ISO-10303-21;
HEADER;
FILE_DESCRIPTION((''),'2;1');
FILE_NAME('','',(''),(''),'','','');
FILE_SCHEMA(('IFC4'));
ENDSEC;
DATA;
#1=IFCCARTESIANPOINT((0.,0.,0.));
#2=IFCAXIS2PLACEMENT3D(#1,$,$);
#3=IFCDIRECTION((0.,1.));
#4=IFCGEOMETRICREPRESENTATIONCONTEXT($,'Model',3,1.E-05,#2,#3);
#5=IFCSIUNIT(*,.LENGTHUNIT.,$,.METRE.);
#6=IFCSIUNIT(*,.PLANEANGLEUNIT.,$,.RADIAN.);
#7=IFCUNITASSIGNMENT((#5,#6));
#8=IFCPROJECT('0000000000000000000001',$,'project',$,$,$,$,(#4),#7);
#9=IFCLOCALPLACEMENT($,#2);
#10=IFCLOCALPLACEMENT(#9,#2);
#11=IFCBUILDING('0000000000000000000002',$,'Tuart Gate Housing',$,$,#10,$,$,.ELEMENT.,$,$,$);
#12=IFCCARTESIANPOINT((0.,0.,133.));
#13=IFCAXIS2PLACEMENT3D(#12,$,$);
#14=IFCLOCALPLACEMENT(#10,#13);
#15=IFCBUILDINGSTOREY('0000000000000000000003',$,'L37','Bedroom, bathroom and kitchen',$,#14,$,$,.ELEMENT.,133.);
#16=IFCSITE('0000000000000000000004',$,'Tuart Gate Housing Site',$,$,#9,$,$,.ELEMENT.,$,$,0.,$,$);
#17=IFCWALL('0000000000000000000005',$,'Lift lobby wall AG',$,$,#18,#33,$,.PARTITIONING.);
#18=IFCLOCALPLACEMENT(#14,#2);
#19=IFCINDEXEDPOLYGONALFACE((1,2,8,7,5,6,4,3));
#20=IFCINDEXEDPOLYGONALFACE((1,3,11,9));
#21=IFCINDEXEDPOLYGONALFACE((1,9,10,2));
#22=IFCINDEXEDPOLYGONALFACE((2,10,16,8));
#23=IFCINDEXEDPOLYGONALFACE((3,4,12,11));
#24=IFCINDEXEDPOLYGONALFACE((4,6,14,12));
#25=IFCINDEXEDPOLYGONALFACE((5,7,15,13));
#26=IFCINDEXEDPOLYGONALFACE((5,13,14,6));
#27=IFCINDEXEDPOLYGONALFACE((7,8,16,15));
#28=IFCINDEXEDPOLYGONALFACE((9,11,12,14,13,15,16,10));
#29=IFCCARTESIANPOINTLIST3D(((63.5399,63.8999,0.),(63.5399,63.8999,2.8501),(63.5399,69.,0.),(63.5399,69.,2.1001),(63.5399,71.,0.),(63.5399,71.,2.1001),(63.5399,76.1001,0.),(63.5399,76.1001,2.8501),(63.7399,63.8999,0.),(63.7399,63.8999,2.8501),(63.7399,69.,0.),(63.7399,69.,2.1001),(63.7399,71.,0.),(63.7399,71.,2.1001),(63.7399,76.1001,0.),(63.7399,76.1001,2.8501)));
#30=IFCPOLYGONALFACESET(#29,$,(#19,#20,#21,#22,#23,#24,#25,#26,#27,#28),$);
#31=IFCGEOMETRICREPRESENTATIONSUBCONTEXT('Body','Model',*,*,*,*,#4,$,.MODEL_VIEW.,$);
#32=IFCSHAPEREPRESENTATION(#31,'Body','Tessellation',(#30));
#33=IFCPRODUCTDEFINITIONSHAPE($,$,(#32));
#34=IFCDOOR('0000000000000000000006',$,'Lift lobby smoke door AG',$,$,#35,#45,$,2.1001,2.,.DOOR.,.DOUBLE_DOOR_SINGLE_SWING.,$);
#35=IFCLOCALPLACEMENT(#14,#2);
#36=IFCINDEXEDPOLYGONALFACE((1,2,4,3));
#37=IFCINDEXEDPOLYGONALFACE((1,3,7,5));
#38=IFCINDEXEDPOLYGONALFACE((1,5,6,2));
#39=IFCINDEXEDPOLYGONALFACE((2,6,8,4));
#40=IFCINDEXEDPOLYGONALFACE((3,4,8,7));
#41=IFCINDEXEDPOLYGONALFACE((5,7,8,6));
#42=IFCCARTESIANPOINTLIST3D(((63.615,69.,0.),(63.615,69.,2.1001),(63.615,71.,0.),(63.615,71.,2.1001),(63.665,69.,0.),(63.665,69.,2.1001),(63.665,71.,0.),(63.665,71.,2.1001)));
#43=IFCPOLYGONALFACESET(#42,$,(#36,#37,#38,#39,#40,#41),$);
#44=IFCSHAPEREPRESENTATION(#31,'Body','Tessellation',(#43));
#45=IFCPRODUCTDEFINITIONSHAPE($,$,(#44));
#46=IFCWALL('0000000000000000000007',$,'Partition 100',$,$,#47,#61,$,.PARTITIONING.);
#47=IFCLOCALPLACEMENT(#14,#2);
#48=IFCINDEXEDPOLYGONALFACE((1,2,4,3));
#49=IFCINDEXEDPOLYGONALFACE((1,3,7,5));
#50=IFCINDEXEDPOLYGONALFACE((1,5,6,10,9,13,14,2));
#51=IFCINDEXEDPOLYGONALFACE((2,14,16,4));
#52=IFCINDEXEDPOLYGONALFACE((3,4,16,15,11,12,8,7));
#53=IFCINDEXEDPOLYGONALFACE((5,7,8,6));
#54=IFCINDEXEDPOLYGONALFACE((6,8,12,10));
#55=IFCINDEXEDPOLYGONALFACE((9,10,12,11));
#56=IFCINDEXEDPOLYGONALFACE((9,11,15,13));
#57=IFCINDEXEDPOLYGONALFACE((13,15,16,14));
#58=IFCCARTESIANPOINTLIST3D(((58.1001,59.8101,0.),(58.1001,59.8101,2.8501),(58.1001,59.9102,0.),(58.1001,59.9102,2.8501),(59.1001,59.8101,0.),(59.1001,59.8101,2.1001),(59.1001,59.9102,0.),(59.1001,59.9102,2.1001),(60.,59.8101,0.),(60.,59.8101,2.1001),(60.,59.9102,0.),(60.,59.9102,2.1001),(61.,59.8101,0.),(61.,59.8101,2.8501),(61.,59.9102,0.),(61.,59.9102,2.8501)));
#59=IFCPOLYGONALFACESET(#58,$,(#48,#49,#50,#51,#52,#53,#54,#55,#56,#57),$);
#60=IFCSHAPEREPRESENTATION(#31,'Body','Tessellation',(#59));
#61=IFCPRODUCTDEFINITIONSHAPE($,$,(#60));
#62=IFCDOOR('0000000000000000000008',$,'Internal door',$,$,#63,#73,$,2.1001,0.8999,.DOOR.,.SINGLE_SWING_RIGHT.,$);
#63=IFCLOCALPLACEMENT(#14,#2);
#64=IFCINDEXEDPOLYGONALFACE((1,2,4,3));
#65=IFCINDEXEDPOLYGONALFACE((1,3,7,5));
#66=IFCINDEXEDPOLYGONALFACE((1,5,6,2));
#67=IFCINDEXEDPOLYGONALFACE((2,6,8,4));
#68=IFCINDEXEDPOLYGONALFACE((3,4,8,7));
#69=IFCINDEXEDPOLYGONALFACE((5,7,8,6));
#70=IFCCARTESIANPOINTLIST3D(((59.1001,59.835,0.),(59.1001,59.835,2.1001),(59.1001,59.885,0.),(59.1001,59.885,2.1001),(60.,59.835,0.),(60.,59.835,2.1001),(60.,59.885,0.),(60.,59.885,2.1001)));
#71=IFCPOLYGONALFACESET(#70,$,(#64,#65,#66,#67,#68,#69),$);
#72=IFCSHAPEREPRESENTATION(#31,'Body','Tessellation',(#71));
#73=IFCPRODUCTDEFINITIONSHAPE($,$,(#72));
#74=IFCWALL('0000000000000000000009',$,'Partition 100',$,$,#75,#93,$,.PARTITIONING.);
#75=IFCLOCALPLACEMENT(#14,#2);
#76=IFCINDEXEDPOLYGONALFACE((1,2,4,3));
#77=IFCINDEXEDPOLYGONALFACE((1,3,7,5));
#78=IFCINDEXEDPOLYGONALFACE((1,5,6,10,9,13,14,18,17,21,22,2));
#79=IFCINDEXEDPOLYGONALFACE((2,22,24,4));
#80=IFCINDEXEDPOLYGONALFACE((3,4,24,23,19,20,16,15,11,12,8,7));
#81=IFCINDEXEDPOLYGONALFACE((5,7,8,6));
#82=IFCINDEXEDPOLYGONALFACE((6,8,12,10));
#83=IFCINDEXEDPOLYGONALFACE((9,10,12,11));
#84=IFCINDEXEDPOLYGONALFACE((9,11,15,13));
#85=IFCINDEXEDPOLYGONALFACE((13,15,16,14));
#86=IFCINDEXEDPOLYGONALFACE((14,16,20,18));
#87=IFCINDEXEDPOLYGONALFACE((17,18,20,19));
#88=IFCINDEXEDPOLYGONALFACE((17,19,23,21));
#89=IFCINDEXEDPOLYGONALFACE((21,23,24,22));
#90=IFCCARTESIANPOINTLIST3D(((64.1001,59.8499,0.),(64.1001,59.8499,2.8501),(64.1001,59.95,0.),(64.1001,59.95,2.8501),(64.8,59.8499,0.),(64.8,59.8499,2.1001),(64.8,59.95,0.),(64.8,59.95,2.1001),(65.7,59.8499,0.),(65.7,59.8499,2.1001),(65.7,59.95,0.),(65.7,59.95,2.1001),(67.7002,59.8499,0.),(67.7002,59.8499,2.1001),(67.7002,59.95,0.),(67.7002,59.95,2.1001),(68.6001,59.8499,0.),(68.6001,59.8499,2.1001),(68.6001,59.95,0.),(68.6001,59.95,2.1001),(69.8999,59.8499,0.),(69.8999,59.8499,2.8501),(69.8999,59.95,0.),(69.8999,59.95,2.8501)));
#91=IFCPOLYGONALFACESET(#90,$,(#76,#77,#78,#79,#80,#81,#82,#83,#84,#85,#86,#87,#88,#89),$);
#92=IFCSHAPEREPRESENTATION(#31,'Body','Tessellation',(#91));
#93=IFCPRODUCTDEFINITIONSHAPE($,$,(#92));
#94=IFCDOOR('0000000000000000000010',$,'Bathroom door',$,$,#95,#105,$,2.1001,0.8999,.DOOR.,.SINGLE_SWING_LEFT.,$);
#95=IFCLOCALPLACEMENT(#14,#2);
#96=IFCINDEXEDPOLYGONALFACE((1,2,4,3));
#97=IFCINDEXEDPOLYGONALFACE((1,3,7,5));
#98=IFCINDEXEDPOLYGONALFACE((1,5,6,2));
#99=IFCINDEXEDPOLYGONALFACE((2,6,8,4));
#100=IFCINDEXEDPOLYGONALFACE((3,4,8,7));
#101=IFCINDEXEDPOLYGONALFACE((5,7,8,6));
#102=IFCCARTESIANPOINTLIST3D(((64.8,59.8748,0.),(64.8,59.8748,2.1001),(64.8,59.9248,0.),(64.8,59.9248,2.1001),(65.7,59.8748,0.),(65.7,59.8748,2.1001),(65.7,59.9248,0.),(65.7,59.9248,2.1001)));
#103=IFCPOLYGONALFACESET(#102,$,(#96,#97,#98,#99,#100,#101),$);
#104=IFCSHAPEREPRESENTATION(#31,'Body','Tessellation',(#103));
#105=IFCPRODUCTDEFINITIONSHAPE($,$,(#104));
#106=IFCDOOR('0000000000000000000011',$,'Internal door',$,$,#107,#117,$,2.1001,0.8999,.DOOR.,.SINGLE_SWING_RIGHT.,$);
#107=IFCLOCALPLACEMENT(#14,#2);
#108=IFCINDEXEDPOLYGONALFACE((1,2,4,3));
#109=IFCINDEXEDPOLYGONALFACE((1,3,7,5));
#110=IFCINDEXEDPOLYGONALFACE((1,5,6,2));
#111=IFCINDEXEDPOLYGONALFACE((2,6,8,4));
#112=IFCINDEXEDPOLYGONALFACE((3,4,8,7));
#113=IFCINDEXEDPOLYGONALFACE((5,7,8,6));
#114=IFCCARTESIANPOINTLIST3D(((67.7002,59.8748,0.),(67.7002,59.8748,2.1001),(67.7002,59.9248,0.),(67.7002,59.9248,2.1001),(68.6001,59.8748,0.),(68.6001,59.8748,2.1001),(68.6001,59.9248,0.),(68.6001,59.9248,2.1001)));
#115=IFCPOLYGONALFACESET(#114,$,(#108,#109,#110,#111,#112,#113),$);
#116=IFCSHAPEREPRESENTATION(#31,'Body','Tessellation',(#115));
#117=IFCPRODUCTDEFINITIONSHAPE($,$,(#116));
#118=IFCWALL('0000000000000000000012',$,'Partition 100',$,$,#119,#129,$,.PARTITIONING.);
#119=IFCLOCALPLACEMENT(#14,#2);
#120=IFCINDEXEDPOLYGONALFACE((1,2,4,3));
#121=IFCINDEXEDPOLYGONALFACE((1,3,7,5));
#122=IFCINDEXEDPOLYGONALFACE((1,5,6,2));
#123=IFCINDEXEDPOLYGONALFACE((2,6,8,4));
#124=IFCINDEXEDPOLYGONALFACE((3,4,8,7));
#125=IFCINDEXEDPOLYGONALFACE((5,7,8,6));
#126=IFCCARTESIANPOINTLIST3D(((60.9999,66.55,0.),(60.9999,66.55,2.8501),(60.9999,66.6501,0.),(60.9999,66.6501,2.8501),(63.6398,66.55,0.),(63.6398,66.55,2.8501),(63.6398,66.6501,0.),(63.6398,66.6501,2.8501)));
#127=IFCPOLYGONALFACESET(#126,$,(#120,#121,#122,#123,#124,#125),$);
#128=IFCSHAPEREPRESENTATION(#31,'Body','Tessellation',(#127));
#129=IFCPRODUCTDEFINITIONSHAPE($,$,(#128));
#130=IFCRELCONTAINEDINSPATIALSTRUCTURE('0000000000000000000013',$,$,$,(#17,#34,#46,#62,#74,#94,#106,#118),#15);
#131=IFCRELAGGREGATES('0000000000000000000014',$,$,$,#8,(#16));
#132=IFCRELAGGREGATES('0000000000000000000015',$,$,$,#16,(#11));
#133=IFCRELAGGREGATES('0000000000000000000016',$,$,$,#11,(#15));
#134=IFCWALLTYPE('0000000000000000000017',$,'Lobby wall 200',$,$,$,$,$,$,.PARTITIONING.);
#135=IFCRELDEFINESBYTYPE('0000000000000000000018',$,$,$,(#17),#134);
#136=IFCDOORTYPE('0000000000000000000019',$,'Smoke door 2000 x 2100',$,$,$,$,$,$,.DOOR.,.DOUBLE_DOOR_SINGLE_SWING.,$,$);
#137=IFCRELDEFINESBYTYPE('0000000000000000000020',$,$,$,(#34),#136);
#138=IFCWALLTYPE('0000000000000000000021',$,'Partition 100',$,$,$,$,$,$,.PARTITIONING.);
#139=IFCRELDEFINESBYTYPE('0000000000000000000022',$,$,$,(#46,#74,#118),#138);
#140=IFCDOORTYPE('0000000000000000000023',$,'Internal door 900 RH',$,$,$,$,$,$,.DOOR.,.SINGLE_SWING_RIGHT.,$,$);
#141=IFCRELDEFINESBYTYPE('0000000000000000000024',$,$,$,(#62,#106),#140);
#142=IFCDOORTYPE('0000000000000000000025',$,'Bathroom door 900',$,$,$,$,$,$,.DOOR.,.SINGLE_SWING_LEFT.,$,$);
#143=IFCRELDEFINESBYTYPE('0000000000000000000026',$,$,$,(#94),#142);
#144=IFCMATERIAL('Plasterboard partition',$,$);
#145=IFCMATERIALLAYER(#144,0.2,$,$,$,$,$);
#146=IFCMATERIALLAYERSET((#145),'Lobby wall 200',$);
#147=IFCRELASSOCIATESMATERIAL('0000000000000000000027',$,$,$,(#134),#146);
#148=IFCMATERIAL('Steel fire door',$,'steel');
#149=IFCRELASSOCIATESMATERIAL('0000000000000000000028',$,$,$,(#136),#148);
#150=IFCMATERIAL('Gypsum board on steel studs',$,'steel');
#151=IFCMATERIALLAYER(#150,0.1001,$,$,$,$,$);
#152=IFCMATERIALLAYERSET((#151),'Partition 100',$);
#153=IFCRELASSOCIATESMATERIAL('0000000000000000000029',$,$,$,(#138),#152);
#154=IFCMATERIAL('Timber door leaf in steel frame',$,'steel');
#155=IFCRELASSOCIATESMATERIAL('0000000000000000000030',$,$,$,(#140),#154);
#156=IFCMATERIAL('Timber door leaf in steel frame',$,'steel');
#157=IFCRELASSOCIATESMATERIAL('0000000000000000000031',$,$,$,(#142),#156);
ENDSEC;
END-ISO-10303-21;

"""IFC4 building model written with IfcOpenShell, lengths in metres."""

from ifc_helpers import new_model, si_unit, direction, frame, frame_2d, origin, place, context, subcontext, project, spatial, rectangle, extrude, material, layer, layer_set, type_object, element, fill, save


model = new_model("IFC4")

# Units and contexts
model_context = context("Model", 3, precision=1e-05, world=origin(), true_north=direction((0.0, 1.0)))
body_context = subcontext(model_context, "Body", "Model", "MODEL_VIEW")
ifc_project = project(units=[si_unit("LENGTHUNIT", "METRE"), si_unit("PLANEANGLEUNIT", "RADIAN")], contexts=[model_context])

# Site, building, storey
site_placement = place(None, origin())
site = spatial("IfcSite", under=ifc_project, at=site_placement, Name="Tuart Gate Housing Site", CompositionType="ELEMENT", RefElevation=0.0)
building_placement = place(site_placement, origin())
building = spatial("IfcBuilding", under=site, at=building_placement, Name="Tuart Gate Housing", CompositionType="ELEMENT")
storey_placement = place(building_placement, frame((0.0, 0.0, 133.0)))
storey = spatial("IfcBuildingStorey", under=building, at=storey_placement, Name="L37", Description="Bedroom, bathroom and kitchen", CompositionType="ELEMENT", Elevation=133.0)

# Walls, openings, doors
ifc_material_1 = material(Name="Plasterboard partition")
ifc_layer_1 = layer(ifc_material_1, 0.2)
ifc_layer_set_1 = layer_set([ifc_layer_1], Name="Lobby wall 200")
wall_type_1 = type_object("IfcWallType", Name="Lobby wall 200", PredefinedType="PARTITIONING", material=ifc_layer_set_1)
wall_1_placement = place(storey_placement, frame((63.6399, 63.8999, 0.0), z_axis=(0.0, 0.0, 1.0), x_axis=(0.0, 1.0, 0.0)))
wall_1 = element("IfcWall", 1, at=wall_1_placement, inside=storey, type_object=wall_type_1, Name="Lift lobby wall AG", PredefinedType="PARTITIONING", context=body_context, shape_type="SweptSolid", body=[
    extrude(rectangle(XDim=12.2002, YDim=0.2, at=frame_2d((6.1001, 0.0))), origin(), (0.0, 0.0, 1.0), 2.8501),
])
opening_1_placement = place(wall_1_placement, frame((5.1001, 0.0, 0.0)))
opening_1 = element("IfcOpeningElement", 2, at=opening_1_placement, cuts=wall_1, PredefinedType="OPENING", context=body_context, shape_type="SweptSolid", body=[
    extrude(rectangle(XDim=2.0, YDim=2.1001, at=frame_2d((1.0, 1.05))), frame((0.0, 0.1099, 0.0), z_axis=(0.0, -1.0, 0.0), x_axis=(1.0, 0.0, 0.0)), (0.0, 0.0, 1.0), 0.22),
])
ifc_material_2 = material(Name="Steel fire door", Category="steel")
door_type_1 = type_object("IfcDoorType", Name="Smoke door 2000 x 2100", OperationType="DOUBLE_DOOR_SINGLE_SWING", PredefinedType="DOOR", material=ifc_material_2)
door_1_placement = place(opening_1_placement, frame((2.0, 0.0, 0.0), z_axis=(0.0, 0.0, 1.0), x_axis=(-1.0, 0.0, 0.0)))
door_1 = element("IfcDoor", 3, at=door_1_placement, inside=storey, type_object=door_type_1, Name="Lift lobby smoke door AG", OperationType="DOUBLE_DOOR_SINGLE_SWING", OverallHeight=2.1001, OverallWidth=2.0, PredefinedType="DOOR", context=body_context, shape_type="SweptSolid", body=[
    extrude(rectangle(XDim=2.0, YDim=2.1001, at=frame_2d((1.0, 1.05))), frame((0.0, 0.0251, 0.0), z_axis=(0.0, -1.0, 0.0), x_axis=(1.0, 0.0, 0.0)), (0.0, 0.0, 1.0), 0.05),
])
fill(opening_1, door_1)
ifc_material_3 = material(Name="Gypsum board on steel studs", Category="steel")
ifc_layer_2 = layer(ifc_material_3, 0.1001)
ifc_layer_set_2 = layer_set([ifc_layer_2], Name="Partition 100")
wall_type_2 = type_object("IfcWallType", Name="Partition 100", PredefinedType="PARTITIONING", material=ifc_layer_set_2)
wall_2_placement = place(storey_placement, frame((58.1001, 59.8601, 0.0), z_axis=(0.0, 0.0, 1.0), x_axis=(1.0, 0.0, 0.0)))
wall_2 = element("IfcWall", 4, at=wall_2_placement, inside=storey, type_object=wall_type_2, Name="Partition 100", PredefinedType="PARTITIONING", context=body_context, shape_type="SweptSolid", body=[
    extrude(rectangle(XDim=2.8999, YDim=0.1001, at=frame_2d((1.45, 0.0))), origin(), (0.0, 0.0, 1.0), 2.8501),
])
opening_2_placement = place(wall_2_placement, frame((1.0, 0.0, 0.0)))
opening_2 = element("IfcOpeningElement", 5, at=opening_2_placement, cuts=wall_2, PredefinedType="OPENING", context=body_context, shape_type="SweptSolid", body=[
    extrude(rectangle(XDim=0.8999, YDim=2.1001, at=frame_2d((0.45, 1.05))), frame((0.0, 0.0601, 0.0), z_axis=(0.0, -1.0, 0.0), x_axis=(1.0, 0.0, 0.0)), (0.0, 0.0, 1.0), 0.1201),
])
ifc_material_4 = material(Name="Timber door leaf in steel frame", Category="steel")
door_type_2 = type_object("IfcDoorType", Name="Internal door 900 RH", OperationType="SINGLE_SWING_RIGHT", PredefinedType="DOOR", material=ifc_material_4)
door_2_placement = place(opening_2_placement, origin())
door_2 = element("IfcDoor", 6, at=door_2_placement, inside=storey, type_object=door_type_2, Name="Internal door", OperationType="SINGLE_SWING_RIGHT", OverallHeight=2.1001, OverallWidth=0.8999, PredefinedType="DOOR", context=body_context, shape_type="SweptSolid", body=[
    extrude(rectangle(XDim=0.8999, YDim=2.1001, at=frame_2d((0.45, 1.05))), frame((0.0, 0.0249, 0.0), z_axis=(0.0, -1.0, 0.0), x_axis=(1.0, 0.0, 0.0)), (0.0, 0.0, 1.0), 0.05),
])
fill(opening_2, door_2)

# Wall, openings, doors
wall_3_placement = place(storey_placement, frame((64.1001, 59.8999, 0.0), z_axis=(0.0, 0.0, 1.0), x_axis=(1.0, 0.0, 0.0)))
wall_3 = element("IfcWall", 7, at=wall_3_placement, inside=storey, type_object=wall_type_2, Name="Partition 100", PredefinedType="PARTITIONING", context=body_context, shape_type="SweptSolid", body=[
    extrude(rectangle(XDim=5.7998, YDim=0.1001, at=frame_2d((2.8999, 0.0))), origin(), (0.0, 0.0, 1.0), 2.8501),
])
opening_3_placement = place(wall_3_placement, frame((3.6001, 0.0, 0.0)))
opening_3 = element("IfcOpeningElement", 8, at=opening_3_placement, cuts=wall_3, PredefinedType="OPENING", context=body_context, shape_type="SweptSolid", body=[
    extrude(rectangle(XDim=0.8999, YDim=2.1001, at=frame_2d((0.45, 1.05))), frame((0.0, 0.0601, 0.0), z_axis=(0.0, -1.0, 0.0), x_axis=(1.0, 0.0, 0.0)), (0.0, 0.0, 1.0), 0.1201),
])
opening_4_placement = place(wall_3_placement, frame((0.7, 0.0, 0.0)))
opening_4 = element("IfcOpeningElement", 9, at=opening_4_placement, cuts=wall_3, PredefinedType="OPENING", context=body_context, shape_type="SweptSolid", body=[
    extrude(rectangle(XDim=0.8999, YDim=2.1001, at=frame_2d((0.45, 1.05))), frame((0.0, 0.0601, 0.0), z_axis=(0.0, -1.0, 0.0), x_axis=(1.0, 0.0, 0.0)), (0.0, 0.0, 1.0), 0.1201),
])
ifc_material_5 = material(Name="Timber door leaf in steel frame", Category="steel")
door_type_3 = type_object("IfcDoorType", Name="Bathroom door 900", OperationType="SINGLE_SWING_LEFT", PredefinedType="DOOR", material=ifc_material_5)
door_3_placement = place(opening_4_placement, frame((0.8999, 0.0, 0.0), z_axis=(0.0, 0.0, 1.0), x_axis=(-1.0, 0.0, 0.0)))
door_3 = element("IfcDoor", 10, at=door_3_placement, inside=storey, type_object=door_type_3, Name="Bathroom door", OperationType="SINGLE_SWING_LEFT", OverallHeight=2.1001, OverallWidth=0.8999, PredefinedType="DOOR", context=body_context, shape_type="SweptSolid", body=[
    extrude(rectangle(XDim=0.8999, YDim=2.1001, at=frame_2d((0.45, 1.05))), frame((0.0, 0.0251, 0.0), z_axis=(0.0, -1.0, 0.0), x_axis=(1.0, 0.0, 0.0)), (0.0, 0.0, 1.0), 0.05),
])
fill(opening_4, door_3)
door_4_placement = place(opening_3_placement, frame((0.8999, 0.0, 0.0), z_axis=(0.0, 0.0, 1.0), x_axis=(-1.0, 0.0, 0.0)))
door_4 = element("IfcDoor", 11, at=door_4_placement, inside=storey, type_object=door_type_2, Name="Internal door", OperationType="SINGLE_SWING_RIGHT", OverallHeight=2.1001, OverallWidth=0.8999, PredefinedType="DOOR", context=body_context, shape_type="SweptSolid", body=[
    extrude(rectangle(XDim=0.8999, YDim=2.1001, at=frame_2d((0.45, 1.05))), frame((0.0, 0.0251, 0.0), z_axis=(0.0, -1.0, 0.0), x_axis=(1.0, 0.0, 0.0)), (0.0, 0.0, 1.0), 0.05),
])
fill(opening_3, door_4)

# Wall
wall_4_placement = place(storey_placement, frame((61.0, 66.6001, 0.0), z_axis=(0.0, 0.0, 1.0), x_axis=(1.0, 0.0, 0.0)))
element("IfcWall", 12, at=wall_4_placement, inside=storey, type_object=wall_type_2, Name="Partition 100", PredefinedType="PARTITIONING", context=body_context, shape_type="SweptSolid", body=[
    extrude(rectangle(XDim=2.6399, YDim=0.1001, at=frame_2d((1.3198, 0.0))), origin(), (0.0, 0.0, 1.0), 2.8501),
])

save(model, "model.ifc")
